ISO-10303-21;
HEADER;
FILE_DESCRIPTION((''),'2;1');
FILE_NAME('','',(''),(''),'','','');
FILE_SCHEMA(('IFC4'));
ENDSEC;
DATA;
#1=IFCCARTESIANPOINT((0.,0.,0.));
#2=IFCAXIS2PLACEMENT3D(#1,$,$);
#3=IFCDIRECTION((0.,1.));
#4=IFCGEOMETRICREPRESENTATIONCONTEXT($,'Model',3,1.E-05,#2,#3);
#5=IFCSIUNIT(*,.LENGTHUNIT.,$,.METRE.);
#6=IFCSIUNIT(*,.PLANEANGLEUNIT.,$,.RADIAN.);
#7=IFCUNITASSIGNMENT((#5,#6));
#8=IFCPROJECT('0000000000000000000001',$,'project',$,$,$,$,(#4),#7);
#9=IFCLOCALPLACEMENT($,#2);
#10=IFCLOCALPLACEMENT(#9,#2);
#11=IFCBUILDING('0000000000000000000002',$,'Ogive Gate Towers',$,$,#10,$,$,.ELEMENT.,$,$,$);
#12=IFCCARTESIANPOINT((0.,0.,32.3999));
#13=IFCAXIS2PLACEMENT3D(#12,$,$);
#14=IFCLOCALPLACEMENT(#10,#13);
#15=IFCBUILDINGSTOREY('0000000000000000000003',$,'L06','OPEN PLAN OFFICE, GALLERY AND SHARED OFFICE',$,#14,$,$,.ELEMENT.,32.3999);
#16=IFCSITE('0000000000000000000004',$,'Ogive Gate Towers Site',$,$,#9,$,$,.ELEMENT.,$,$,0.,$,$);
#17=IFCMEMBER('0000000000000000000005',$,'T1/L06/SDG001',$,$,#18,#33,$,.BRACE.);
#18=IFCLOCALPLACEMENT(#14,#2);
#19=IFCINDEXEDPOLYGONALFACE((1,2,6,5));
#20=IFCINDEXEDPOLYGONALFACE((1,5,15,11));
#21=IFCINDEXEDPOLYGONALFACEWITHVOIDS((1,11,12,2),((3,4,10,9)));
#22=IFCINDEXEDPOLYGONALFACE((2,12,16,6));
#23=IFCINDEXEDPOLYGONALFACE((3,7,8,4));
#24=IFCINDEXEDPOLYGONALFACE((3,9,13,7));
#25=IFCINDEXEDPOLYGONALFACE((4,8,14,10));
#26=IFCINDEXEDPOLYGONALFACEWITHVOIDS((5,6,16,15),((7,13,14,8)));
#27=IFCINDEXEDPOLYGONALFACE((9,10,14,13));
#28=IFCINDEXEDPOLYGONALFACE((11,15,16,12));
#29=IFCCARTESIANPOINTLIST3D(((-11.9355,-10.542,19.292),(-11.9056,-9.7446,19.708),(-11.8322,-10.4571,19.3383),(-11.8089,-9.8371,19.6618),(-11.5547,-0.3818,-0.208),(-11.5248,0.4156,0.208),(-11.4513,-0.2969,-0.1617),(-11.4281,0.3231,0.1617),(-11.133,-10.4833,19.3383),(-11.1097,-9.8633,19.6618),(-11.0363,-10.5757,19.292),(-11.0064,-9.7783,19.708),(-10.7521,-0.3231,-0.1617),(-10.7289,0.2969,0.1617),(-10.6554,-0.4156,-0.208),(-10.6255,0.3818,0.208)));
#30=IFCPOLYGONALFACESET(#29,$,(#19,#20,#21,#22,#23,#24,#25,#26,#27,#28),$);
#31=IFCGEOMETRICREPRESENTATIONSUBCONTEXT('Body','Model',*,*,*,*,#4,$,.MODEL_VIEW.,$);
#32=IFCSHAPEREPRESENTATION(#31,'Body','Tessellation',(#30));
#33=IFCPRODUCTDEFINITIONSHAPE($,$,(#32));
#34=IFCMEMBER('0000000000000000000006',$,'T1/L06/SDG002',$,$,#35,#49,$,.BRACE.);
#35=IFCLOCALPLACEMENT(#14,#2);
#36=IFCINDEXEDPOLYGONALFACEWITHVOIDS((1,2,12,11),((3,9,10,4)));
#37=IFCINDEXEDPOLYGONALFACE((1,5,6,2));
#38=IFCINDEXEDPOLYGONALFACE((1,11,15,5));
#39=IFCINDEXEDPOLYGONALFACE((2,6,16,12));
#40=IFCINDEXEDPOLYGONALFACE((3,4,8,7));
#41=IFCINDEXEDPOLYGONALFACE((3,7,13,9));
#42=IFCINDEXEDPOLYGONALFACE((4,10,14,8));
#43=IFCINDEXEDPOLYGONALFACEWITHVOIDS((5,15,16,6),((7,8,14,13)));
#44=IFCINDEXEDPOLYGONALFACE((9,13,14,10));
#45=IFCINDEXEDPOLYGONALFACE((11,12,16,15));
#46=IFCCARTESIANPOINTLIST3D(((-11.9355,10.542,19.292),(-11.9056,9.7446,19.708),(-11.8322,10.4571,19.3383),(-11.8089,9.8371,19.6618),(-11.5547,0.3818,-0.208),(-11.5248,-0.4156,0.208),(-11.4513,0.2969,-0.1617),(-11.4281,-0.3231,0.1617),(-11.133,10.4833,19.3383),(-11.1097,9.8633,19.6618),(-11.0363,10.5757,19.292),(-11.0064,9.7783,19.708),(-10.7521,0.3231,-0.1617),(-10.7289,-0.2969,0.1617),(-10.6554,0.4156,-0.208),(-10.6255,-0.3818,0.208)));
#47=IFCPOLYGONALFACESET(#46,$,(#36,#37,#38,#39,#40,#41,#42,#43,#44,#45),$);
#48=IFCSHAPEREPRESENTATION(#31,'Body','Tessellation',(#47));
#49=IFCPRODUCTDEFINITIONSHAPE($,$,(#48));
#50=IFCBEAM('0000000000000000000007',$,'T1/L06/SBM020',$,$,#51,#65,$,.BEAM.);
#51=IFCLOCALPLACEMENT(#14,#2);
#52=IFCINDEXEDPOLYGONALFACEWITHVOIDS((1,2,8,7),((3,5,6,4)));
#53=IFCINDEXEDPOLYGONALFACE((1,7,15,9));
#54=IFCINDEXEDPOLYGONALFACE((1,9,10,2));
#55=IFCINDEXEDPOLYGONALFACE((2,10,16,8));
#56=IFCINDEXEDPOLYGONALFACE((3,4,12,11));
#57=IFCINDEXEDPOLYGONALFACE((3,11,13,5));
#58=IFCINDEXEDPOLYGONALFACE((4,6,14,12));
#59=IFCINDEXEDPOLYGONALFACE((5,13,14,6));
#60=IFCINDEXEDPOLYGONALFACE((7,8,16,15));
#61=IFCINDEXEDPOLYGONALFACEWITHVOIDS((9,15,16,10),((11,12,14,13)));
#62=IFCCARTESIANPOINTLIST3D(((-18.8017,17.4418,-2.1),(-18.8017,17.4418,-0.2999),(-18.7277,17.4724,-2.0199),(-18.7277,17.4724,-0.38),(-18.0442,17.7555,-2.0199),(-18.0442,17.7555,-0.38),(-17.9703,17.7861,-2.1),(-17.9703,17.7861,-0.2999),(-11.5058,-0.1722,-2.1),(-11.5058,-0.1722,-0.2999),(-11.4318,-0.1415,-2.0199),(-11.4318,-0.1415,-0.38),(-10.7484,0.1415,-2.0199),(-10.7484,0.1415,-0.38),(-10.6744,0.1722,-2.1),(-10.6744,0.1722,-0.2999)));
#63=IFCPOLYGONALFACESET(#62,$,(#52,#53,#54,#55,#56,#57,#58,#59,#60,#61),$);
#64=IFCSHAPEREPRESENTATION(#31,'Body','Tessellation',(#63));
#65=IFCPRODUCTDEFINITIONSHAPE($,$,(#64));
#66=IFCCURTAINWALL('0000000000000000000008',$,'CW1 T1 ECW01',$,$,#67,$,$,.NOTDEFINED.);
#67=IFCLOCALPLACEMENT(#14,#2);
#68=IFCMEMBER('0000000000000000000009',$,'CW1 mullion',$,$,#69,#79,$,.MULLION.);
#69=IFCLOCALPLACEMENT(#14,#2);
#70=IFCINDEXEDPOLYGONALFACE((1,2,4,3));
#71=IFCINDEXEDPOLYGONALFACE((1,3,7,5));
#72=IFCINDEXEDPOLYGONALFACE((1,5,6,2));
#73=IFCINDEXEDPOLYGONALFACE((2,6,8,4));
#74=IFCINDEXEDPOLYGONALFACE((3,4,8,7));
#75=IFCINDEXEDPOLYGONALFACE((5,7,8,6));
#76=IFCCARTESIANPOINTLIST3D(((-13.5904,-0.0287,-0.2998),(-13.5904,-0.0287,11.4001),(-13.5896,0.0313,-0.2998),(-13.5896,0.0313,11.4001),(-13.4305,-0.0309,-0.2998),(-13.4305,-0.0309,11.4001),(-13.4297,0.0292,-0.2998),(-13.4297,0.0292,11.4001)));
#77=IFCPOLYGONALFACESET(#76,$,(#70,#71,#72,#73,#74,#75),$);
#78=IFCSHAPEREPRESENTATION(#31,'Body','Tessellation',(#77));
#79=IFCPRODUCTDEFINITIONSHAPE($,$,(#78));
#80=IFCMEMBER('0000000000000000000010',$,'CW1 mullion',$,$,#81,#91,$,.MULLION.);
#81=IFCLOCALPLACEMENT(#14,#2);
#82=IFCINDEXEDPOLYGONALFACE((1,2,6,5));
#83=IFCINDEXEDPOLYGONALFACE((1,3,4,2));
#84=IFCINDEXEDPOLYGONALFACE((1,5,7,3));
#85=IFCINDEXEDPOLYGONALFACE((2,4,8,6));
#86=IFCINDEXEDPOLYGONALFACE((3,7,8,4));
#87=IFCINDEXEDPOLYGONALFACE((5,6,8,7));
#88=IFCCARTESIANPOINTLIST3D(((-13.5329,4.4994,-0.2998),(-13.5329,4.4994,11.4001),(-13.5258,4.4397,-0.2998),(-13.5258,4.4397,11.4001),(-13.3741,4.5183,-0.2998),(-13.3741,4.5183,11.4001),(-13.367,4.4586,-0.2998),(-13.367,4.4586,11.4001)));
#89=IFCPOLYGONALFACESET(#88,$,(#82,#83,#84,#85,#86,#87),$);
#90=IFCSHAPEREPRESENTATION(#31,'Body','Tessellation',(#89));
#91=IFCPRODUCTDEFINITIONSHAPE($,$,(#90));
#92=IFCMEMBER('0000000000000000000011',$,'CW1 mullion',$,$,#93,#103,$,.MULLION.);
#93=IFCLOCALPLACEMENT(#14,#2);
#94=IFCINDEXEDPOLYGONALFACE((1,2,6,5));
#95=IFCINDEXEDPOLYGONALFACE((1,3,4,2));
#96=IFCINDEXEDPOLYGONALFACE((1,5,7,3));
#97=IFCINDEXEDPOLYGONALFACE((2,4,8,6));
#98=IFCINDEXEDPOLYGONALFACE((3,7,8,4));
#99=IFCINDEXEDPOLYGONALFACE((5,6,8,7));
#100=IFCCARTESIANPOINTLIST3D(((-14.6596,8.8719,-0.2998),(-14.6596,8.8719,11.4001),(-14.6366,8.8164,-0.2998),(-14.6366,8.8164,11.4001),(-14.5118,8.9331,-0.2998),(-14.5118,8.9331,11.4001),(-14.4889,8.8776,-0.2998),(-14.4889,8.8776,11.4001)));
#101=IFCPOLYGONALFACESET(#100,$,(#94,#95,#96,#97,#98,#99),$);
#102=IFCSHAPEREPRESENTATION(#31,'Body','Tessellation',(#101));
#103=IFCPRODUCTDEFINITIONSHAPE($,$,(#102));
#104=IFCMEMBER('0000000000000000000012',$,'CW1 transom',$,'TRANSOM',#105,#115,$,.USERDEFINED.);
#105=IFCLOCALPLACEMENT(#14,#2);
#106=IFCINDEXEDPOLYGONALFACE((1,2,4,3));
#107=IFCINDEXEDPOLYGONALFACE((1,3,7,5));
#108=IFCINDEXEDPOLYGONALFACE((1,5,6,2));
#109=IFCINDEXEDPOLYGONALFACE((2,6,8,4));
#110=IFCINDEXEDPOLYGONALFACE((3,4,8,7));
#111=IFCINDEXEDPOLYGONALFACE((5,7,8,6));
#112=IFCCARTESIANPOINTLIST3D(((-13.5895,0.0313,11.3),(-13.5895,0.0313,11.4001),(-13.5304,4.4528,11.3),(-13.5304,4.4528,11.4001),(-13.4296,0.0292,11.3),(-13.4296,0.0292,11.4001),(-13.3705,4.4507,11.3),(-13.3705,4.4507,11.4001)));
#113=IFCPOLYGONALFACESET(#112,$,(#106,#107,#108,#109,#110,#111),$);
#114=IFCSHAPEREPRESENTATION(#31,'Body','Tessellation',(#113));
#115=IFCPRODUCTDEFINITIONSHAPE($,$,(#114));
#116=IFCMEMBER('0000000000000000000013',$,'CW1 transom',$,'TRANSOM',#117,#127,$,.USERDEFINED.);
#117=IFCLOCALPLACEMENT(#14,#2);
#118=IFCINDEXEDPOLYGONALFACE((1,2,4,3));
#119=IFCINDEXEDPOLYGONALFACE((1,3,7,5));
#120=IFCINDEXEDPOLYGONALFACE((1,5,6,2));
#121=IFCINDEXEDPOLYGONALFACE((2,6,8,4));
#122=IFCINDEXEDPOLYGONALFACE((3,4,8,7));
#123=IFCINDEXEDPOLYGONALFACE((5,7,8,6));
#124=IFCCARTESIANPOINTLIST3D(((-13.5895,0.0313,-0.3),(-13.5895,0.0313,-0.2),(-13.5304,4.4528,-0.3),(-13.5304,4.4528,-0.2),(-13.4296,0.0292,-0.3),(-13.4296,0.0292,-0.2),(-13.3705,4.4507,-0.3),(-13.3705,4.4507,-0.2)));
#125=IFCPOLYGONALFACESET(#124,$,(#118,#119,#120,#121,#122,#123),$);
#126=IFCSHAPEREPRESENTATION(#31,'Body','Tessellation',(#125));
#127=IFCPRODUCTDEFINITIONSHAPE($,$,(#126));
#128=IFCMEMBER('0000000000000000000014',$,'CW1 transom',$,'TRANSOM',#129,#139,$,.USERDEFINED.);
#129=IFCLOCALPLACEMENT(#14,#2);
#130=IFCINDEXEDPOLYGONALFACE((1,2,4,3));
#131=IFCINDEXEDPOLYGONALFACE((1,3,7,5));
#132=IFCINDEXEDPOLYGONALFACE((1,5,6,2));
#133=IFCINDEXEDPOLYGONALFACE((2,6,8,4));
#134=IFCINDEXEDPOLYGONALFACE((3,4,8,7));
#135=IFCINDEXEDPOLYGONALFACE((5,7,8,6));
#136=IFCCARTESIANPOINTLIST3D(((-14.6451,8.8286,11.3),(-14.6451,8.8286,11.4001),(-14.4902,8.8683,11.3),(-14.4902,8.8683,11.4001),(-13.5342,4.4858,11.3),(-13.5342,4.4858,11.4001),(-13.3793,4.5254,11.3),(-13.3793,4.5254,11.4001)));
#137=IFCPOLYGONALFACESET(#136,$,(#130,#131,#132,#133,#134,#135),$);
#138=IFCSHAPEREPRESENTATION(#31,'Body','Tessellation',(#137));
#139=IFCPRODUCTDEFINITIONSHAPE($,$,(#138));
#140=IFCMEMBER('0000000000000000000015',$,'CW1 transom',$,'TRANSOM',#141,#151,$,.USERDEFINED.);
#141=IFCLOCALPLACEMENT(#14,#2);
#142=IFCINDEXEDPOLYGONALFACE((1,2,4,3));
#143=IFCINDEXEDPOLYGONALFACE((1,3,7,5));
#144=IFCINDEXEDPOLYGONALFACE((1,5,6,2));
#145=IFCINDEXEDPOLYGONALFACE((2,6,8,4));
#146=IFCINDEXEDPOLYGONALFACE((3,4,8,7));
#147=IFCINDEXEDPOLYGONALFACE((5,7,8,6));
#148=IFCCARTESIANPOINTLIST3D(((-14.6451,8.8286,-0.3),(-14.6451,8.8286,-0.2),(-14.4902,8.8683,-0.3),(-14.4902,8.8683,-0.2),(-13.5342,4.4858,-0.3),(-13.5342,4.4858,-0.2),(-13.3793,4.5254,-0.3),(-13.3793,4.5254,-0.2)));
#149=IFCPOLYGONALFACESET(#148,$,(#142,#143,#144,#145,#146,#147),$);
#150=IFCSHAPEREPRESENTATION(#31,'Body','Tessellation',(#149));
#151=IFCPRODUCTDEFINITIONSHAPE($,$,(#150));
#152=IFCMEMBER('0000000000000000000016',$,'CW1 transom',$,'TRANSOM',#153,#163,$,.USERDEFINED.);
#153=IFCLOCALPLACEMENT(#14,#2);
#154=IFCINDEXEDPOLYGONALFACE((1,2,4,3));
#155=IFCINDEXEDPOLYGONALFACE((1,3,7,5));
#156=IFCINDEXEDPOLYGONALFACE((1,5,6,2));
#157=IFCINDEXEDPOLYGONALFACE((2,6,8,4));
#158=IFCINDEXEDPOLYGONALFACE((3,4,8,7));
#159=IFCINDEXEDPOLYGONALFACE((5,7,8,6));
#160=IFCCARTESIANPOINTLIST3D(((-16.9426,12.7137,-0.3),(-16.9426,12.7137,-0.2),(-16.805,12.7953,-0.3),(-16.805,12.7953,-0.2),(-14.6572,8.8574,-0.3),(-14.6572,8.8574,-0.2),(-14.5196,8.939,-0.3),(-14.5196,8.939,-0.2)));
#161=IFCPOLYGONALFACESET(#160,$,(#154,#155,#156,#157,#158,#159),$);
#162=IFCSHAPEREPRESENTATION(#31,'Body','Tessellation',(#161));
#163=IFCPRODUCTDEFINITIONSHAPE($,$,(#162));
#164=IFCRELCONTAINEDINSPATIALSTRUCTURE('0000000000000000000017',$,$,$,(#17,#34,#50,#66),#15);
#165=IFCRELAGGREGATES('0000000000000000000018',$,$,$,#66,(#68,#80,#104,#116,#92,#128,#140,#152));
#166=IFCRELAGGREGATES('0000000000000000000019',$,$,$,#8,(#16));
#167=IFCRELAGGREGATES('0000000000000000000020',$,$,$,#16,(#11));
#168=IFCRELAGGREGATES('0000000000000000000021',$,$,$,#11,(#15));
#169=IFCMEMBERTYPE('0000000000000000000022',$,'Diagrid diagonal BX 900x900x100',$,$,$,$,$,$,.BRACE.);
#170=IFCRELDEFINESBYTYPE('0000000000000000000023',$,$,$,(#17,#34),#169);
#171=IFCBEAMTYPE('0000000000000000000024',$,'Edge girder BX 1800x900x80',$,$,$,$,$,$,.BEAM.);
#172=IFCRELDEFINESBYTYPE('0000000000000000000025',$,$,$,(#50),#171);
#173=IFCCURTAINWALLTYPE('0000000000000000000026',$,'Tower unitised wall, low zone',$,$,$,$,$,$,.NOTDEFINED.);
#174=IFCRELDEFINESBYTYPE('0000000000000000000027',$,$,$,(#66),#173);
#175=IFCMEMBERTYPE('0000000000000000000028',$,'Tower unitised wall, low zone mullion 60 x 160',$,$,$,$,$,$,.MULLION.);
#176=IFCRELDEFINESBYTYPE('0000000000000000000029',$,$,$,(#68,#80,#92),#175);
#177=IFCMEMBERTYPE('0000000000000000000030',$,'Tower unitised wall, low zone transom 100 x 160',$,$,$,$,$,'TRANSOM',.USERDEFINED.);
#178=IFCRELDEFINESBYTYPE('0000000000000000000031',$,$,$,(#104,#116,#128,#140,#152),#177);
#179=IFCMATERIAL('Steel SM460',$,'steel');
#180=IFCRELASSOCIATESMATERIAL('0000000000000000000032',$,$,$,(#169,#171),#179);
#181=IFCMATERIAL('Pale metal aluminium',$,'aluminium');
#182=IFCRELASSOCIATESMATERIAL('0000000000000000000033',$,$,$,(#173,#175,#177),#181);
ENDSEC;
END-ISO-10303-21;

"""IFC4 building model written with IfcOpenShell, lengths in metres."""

from ifc_helpers import new_model, si_unit, direction, frame, origin, origin_2d, place, context, subcontext, project, spatial, rectangle, hollow_rectangle, extrude, material, material_profile, profile_set, type_object, element, aggregate, save


model = new_model("IFC4")

# Units and contexts
model_context = context("Model", 3, precision=1e-05, world=origin(), true_north=direction((0.0, 1.0)))
body_context = subcontext(model_context, "Body", "Model", "MODEL_VIEW")
ifc_project = project(units=[si_unit("LENGTHUNIT", "METRE"), si_unit("PLANEANGLEUNIT", "RADIAN")], contexts=[model_context])

# Site, building, storey
site_placement = place(None, origin())
site = spatial("IfcSite", under=ifc_project, at=site_placement, Name="Ogive Gate Towers Site", CompositionType="ELEMENT", RefElevation=0.0)
building_placement = place(site_placement, origin())
building = spatial("IfcBuilding", under=site, at=building_placement, Name="Ogive Gate Towers", CompositionType="ELEMENT")
storey_placement = place(building_placement, frame((0.0, 0.0, 32.3999)))
storey = spatial("IfcBuildingStorey", under=building, at=storey_placement, Name="L06", Description="OPEN PLAN OFFICE, GALLERY AND SHARED OFFICE", CompositionType="ELEMENT", Elevation=32.3999)

# Members
ifc_material_1 = material(Name="Steel SM460", Category="steel")
ifc_material_profile_1 = material_profile(ifc_material_1, hollow_rectangle(XDim=0.8999, YDim=0.8999, WallThickness=0.1001, at=origin_2d()), Name="BX 900x900x100")
ifc_profile_set_1 = profile_set([ifc_material_profile_1], Name="Steel SM460")
member_type_1 = type_object("IfcMemberType", Name="Diagrid diagonal BX 900x900x100", PredefinedType="BRACE", material=ifc_profile_set_1)
for number, where, z_axis, x_axis, name in (
    (1, (-11.0901, 0.0, 0.0), (-0.017319, -0.462005, 0.886708), (0.999298, -0.037459, 0.0), "T1/L06/SDG001"),
    (2, (-11.0901, 0.0, 0.0), (-0.017319, 0.462005, 0.886708), (-0.999298, -0.037459, 0.0), "T1/L06/SDG002"),
):
    element("IfcMember", number, at=place(storey_placement, frame(where, z_axis=z_axis, x_axis=x_axis)), inside=storey, type_object=member_type_1, Name=name, PredefinedType="BRACE", context=body_context, shape_type="SweptSolid", body=[
        extrude(hollow_rectangle(XDim=0.8999, YDim=0.8999, WallThickness=0.1001, at=origin_2d()), origin(), (0.0, 0.0, 1.0), 21.9915),
    ])

# Beam
ifc_material_profile_2 = material_profile(ifc_material_1, hollow_rectangle(XDim=0.8999, YDim=1.8, WallThickness=0.0801, at=origin_2d()), Name="BX 1800x900x80")
ifc_profile_set_2 = profile_set([ifc_material_profile_2], Name="Steel SM460")
beam_type = type_object("IfcBeamType", Name="Edge girder BX 1800x900x80", PredefinedType="BEAM", material=ifc_profile_set_2)
beam_placement = place(storey_placement, frame((-11.0901, 0.0, -1.2), z_axis=(-0.382681, 0.923881, 0.0), x_axis=(-0.923881, -0.382681, 0.0)))
element("IfcBeam", 3, at=beam_placement, inside=storey, type_object=beam_type, Name="T1/L06/SBM020", PredefinedType="BEAM", context=body_context, shape_type="SweptSolid", body=[
    extrude(hollow_rectangle(XDim=0.8999, YDim=1.8, WallThickness=0.0801, at=origin_2d()), origin(), (0.0, 0.0, 1.0), 19.0652),
])

# Curtain wall, members
ifc_material_2 = material(Name="Pale metal aluminium", Category="aluminium")
curtain_wall_type = type_object("IfcCurtainWallType", Name="Tower unitised wall, low zone", PredefinedType="NOTDEFINED", material=ifc_material_2)
curtain_wall_placement = place(storey_placement, origin())
curtain_wall = element("IfcCurtainWall", 4, at=curtain_wall_placement, inside=storey, type_object=curtain_wall_type, Name="CW1 T1 ECW01", PredefinedType="NOTDEFINED")
ifc_material_profile_3 = material_profile(ifc_material_2, rectangle(XDim=0.1599, YDim=0.0601, at=origin_2d()), Name="60 x 160 aluminium box")
ifc_profile_set_3 = profile_set([ifc_material_profile_3], Name="Pale metal aluminium")
member_type_2 = type_object("IfcMemberType", Name="Tower unitised wall, low zone mullion 60 x 160", PredefinedType="MULLION", material=ifc_profile_set_3)
member_1_placement = place(storey_placement, frame((-13.51, 0.0002, -0.2998), z_axis=(0.0, 0.0, 1.0), x_axis=(0.99991, -0.013386, 0.0)))
member_1 = element("IfcMember", 5, at=member_1_placement, type_object=member_type_2, Name="CW1 mullion", PredefinedType="MULLION", context=body_context, shape_type="SweptSolid", body=[
    extrude(rectangle(XDim=0.1599, YDim=0.0601, at=origin_2d()), origin(), (0.0, 0.0, 1.0), 11.7),
])
member_2_placement = place(storey_placement, frame((-13.45, 4.479, -0.2998), z_axis=(0.0, 0.0, 1.0), x_axis=(0.992984, 0.118248, 0.0)))
member_2 = element("IfcMember", 6, at=member_2_placement, type_object=member_type_2, Name="CW1 mullion", PredefinedType="MULLION", context=body_context, shape_type="SweptSolid", body=[
    extrude(rectangle(XDim=0.1599, YDim=0.0601, at=origin_2d()), origin(), (0.0, 0.0, 1.0), 11.7),
])
member_3_placement = place(storey_placement, frame((-14.5742, 8.8748, -0.2998), z_axis=(0.0, 0.0, 1.0), x_axis=(0.92388, 0.382683, 0.0)))
member_3 = element("IfcMember", 7, at=member_3_placement, type_object=member_type_2, Name="CW1 mullion", PredefinedType="MULLION", context=body_context, shape_type="SweptSolid", body=[
    extrude(rectangle(XDim=0.1599, YDim=0.0601, at=origin_2d()), origin(), (0.0, 0.0, 1.0), 11.7),
])
ifc_material_profile_4 = material_profile(ifc_material_2, rectangle(XDim=0.1599, YDim=0.1001, at=origin_2d()), Name="100 x 160 aluminium box")
ifc_profile_set_4 = profile_set([ifc_material_profile_4], Name="Pale metal aluminium")
member_type_3 = type_object("IfcMemberType", Name="Tower unitised wall, low zone transom 100 x 160", ElementType="TRANSOM", PredefinedType="USERDEFINED", material=ifc_profile_set_4)
member_4_placement = place(storey_placement, frame((-13.5095, 0.0303, 11.3501), z_axis=(0.013362, 0.999911, 0.0), x_axis=(-0.999911, 0.013362, 0.0)))
member_4 = element("IfcMember", 8, at=member_4_placement, type_object=member_type_3, Name="CW1 transom", ObjectType="TRANSOM", PredefinedType="USERDEFINED", context=body_context, shape_type="SweptSolid", body=[
    extrude(rectangle(XDim=0.1599, YDim=0.1001, at=origin_2d()), origin(), (0.0, 0.0, 1.0), 4.4219),
])
member_5_placement = place(storey_placement, frame((-13.5095, 0.0303, -0.25), z_axis=(0.013362, 0.999911, 0.0), x_axis=(-0.999911, 0.013362, 0.0)))
member_5 = element("IfcMember", 9, at=member_5_placement, type_object=member_type_3, Name="CW1 transom", ObjectType="TRANSOM", PredefinedType="USERDEFINED", context=body_context, shape_type="SweptSolid", body=[
    extrude(rectangle(XDim=0.1599, YDim=0.1001, at=origin_2d()), origin(), (0.0, 0.0, 1.0), 4.4219),
])
member_6_placement = place(storey_placement, frame((-13.4568, 4.5056, 11.3501), z_axis=(-0.247812, 0.968808, 0.0), x_axis=(-0.968808, -0.247812, 0.0)))
member_6 = element("IfcMember", 10, at=member_6_placement, type_object=member_type_3, Name="CW1 transom", ObjectType="TRANSOM", PredefinedType="USERDEFINED", context=body_context, shape_type="SweptSolid", body=[
    extrude(rectangle(XDim=0.1599, YDim=0.1001, at=origin_2d()), origin(), (0.0, 0.0, 1.0), 4.4827),
])
member_7_placement = place(storey_placement, frame((-13.4568, 4.5056, -0.25), z_axis=(-0.247812, 0.968808, 0.0), x_axis=(-0.968808, -0.247812, 0.0)))
member_7 = element("IfcMember", 11, at=member_7_placement, type_object=member_type_3, Name="CW1 transom", ObjectType="TRANSOM", PredefinedType="USERDEFINED", context=body_context, shape_type="SweptSolid", body=[
    extrude(rectangle(XDim=0.1599, YDim=0.1001, at=origin_2d()), origin(), (0.0, 0.0, 1.0), 4.4827),
])
member_8_placement = place(storey_placement, frame((-14.5884, 8.8982, -0.25), z_axis=(-0.509843, 0.860268, 0.0), x_axis=(-0.860268, -0.509843, 0.0)))
member_8 = element("IfcMember", 12, at=member_8_placement, type_object=member_type_3, Name="CW1 transom", ObjectType="TRANSOM", PredefinedType="USERDEFINED", context=body_context, shape_type="SweptSolid", body=[
    extrude(rectangle(XDim=0.1599, YDim=0.1001, at=origin_2d()), origin(), (0.0, 0.0, 1.0), 4.4827),
])

aggregate(curtain_wall, [member_1, member_2, member_4, member_5, member_3, member_6, member_7, member_8])

save(model, "model.ifc")
